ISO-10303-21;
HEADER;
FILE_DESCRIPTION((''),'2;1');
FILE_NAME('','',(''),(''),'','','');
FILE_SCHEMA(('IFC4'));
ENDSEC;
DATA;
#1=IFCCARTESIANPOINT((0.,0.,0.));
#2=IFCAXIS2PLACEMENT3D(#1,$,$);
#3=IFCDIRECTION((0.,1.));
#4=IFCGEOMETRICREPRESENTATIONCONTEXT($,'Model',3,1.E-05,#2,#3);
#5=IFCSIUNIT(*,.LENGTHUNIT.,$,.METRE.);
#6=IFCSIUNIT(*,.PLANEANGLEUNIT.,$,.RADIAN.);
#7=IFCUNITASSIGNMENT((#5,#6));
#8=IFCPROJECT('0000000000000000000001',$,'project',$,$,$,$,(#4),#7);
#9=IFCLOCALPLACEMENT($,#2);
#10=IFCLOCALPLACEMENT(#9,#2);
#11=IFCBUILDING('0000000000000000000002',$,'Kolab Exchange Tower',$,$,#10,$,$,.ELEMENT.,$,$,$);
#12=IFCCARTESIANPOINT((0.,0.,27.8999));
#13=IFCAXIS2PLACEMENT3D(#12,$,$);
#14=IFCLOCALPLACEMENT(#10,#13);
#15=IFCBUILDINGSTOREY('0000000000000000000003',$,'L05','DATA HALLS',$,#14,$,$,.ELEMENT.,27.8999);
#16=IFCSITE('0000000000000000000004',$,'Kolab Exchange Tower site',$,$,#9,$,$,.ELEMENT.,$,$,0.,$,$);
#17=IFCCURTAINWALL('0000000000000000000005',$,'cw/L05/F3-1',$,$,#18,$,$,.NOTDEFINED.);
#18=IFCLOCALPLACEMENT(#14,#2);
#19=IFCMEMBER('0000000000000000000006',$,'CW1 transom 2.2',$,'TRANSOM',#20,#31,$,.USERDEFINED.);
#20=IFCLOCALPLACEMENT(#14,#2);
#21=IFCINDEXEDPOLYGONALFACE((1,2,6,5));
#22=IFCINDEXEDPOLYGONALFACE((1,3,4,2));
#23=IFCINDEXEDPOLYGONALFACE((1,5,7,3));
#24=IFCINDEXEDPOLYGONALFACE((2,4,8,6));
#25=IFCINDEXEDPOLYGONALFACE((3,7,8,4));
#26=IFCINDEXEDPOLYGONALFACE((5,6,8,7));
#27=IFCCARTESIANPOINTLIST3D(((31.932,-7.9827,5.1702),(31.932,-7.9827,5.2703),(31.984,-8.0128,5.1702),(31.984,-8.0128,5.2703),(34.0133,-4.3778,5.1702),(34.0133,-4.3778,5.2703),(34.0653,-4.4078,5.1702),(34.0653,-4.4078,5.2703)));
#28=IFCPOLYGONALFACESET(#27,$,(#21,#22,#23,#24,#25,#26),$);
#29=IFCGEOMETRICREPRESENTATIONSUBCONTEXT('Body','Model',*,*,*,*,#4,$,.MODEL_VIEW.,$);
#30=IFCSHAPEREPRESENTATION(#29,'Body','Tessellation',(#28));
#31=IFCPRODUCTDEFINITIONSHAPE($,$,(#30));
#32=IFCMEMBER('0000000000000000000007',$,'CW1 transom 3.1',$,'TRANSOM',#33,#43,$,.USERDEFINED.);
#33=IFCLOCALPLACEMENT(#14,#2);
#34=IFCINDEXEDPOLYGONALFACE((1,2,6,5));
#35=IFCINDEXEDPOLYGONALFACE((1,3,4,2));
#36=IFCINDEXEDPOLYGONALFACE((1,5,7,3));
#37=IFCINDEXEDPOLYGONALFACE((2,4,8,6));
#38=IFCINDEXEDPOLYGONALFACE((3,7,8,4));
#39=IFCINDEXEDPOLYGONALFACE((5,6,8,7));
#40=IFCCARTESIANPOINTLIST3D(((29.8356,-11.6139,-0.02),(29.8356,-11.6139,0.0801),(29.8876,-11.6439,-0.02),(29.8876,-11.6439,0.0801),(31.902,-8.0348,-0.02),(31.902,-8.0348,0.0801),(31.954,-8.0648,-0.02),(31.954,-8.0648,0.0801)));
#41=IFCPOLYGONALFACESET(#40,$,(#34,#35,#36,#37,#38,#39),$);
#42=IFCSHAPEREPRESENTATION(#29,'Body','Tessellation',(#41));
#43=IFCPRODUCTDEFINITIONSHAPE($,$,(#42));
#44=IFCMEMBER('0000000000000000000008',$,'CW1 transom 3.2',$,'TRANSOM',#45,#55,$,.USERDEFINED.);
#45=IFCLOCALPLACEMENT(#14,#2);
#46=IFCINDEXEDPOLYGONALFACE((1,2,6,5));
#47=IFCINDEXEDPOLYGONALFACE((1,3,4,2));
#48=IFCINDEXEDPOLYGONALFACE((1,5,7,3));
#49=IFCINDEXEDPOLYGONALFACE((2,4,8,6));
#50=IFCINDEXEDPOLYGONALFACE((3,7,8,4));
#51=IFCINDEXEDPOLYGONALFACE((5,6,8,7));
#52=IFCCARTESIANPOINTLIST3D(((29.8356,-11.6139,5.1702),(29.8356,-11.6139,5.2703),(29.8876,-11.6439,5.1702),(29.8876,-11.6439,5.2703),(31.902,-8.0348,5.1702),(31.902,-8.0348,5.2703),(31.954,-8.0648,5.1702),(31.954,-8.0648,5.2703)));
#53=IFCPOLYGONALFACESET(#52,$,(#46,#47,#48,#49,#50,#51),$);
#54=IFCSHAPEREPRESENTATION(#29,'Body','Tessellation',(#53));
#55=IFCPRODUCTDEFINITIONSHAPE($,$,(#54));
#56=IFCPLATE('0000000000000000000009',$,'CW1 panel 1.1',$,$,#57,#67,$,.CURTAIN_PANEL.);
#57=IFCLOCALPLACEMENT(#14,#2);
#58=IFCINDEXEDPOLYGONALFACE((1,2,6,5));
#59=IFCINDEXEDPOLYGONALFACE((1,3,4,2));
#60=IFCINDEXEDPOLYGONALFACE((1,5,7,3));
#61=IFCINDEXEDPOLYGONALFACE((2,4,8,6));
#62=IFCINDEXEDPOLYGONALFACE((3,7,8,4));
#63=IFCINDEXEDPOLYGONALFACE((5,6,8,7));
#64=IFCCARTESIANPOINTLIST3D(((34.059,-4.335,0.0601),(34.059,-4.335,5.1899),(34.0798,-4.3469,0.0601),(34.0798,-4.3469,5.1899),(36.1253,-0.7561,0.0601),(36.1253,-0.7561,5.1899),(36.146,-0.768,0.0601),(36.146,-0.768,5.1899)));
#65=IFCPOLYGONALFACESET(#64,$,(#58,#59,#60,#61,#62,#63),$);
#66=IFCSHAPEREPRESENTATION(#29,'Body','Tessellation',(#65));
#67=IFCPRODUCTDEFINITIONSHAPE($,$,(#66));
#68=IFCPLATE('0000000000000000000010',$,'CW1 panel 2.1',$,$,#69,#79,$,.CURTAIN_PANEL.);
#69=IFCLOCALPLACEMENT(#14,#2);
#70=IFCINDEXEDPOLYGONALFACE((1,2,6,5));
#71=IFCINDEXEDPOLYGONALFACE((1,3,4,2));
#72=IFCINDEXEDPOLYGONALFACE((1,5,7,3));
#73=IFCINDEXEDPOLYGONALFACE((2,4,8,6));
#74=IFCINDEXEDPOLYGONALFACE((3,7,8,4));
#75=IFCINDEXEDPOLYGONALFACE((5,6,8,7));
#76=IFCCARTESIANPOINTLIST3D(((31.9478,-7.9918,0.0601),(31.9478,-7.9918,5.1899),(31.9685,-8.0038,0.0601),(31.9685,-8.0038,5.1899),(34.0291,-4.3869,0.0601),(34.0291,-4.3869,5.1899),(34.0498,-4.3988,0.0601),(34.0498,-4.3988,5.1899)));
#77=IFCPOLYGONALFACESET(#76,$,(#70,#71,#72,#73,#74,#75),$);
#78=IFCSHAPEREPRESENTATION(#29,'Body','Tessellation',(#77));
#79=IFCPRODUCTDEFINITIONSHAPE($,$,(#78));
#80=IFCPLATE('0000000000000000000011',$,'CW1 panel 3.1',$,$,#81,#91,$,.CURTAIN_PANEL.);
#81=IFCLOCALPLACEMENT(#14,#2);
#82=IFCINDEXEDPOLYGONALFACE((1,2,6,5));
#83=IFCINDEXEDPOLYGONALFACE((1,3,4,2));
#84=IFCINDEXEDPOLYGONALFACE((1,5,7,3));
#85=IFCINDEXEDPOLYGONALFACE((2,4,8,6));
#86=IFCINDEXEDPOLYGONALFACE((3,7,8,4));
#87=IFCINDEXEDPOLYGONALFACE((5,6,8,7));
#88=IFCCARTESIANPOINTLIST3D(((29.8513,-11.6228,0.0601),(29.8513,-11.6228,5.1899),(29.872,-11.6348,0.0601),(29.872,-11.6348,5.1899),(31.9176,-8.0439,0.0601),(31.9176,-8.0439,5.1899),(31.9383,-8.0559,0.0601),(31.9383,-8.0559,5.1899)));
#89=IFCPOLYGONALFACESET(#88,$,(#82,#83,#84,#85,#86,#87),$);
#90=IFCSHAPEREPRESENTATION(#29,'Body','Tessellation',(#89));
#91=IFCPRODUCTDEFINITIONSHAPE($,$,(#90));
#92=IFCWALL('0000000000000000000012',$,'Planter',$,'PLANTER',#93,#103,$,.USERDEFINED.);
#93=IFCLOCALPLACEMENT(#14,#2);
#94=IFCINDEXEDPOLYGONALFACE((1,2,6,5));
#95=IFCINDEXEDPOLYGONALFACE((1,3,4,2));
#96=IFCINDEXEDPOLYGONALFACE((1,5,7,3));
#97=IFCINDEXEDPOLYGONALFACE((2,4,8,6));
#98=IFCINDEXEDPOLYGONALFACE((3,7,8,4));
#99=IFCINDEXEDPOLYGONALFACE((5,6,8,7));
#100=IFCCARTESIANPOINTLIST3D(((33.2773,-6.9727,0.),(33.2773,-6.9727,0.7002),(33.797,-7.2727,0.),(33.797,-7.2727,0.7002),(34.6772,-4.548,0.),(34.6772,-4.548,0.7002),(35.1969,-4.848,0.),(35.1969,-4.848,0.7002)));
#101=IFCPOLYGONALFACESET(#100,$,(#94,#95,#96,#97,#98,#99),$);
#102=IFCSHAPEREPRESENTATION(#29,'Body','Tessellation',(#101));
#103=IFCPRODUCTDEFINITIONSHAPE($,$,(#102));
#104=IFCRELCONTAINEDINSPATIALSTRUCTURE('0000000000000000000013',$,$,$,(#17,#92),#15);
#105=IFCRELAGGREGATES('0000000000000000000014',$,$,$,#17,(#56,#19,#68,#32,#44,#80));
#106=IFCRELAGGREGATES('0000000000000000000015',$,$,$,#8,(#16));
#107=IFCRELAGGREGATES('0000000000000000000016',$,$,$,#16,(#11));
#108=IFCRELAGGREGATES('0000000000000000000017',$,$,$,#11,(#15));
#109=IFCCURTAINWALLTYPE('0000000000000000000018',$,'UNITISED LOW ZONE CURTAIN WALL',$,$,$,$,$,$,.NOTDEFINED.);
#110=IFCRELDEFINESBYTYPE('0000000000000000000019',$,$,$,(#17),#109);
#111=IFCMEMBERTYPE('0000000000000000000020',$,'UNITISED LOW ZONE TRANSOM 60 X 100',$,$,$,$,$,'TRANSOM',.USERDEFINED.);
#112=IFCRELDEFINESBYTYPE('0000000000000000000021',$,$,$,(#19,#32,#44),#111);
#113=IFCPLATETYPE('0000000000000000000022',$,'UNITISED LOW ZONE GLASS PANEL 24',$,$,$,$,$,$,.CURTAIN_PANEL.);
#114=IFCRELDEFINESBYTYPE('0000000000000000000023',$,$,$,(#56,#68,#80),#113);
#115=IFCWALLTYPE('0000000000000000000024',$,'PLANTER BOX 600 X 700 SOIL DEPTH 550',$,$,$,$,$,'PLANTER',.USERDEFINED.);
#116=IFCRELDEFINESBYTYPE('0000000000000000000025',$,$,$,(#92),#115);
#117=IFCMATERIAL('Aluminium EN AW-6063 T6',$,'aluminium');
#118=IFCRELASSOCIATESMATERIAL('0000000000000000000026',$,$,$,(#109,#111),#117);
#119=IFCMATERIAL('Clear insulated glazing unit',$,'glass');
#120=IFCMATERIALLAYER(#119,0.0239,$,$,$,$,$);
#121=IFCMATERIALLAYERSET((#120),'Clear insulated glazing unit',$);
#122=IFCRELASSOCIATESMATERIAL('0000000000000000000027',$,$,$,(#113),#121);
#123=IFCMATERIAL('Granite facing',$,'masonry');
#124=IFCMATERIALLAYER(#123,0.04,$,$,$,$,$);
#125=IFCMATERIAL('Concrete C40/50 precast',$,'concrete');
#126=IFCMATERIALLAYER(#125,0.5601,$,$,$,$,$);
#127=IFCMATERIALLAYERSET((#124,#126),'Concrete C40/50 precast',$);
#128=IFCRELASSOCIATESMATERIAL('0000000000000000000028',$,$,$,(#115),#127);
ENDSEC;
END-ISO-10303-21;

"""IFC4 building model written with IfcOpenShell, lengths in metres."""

from ifc_helpers import new_model, si_unit, direction, frame, frame_2d, origin, origin_2d, place, context, subcontext, project, spatial, rectangle, extrude, material, layer, layer_set, material_profile, profile_set, type_object, element, aggregate, save


model = new_model("IFC4")

# Units and contexts
model_context = context("Model", 3, precision=1e-05, world=origin(), true_north=direction((0.0, 1.0)))
body_context = subcontext(model_context, "Body", "Model", "MODEL_VIEW")
ifc_project = project(units=[si_unit("LENGTHUNIT", "METRE"), si_unit("PLANEANGLEUNIT", "RADIAN")], contexts=[model_context])

# Site, building, storey
site_placement = place(None, origin())
site = spatial("IfcSite", under=ifc_project, at=site_placement, Name="Kolab Exchange Tower site", CompositionType="ELEMENT", RefElevation=0.0)
building_placement = place(site_placement, origin())
building = spatial("IfcBuilding", under=site, at=building_placement, Name="Kolab Exchange Tower", CompositionType="ELEMENT")
storey_placement = place(building_placement, frame((0.0, 0.0, 27.8999)))
storey = spatial("IfcBuildingStorey", under=building, at=storey_placement, Name="L05", Description="DATA HALLS", CompositionType="ELEMENT", Elevation=27.8999)

# Curtain wall
ifc_material_1 = material(Name="Aluminium EN AW-6063 T6", Category="aluminium")
curtain_wall_type = type_object("IfcCurtainWallType", Name="UNITISED LOW ZONE CURTAIN WALL", PredefinedType="NOTDEFINED", material=ifc_material_1)
curtain_wall_1_placement = place(storey_placement, origin())
curtain_wall_1 = element("IfcCurtainWall", 1, at=curtain_wall_1_placement, inside=storey, type_object=curtain_wall_type, Name="cw/L05/F3-1", PredefinedType="NOTDEFINED")

# Members
ifc_material_profile_1 = material_profile(ifc_material_1, rectangle(XDim=0.0601, YDim=0.1001, at=origin_2d()), Name="RECT 60X100")
ifc_profile_set_1 = profile_set([ifc_material_profile_1], Name="Aluminium EN AW-6063 T6")
member_type_1 = type_object("IfcMemberType", Name="UNITISED LOW ZONE TRANSOM 60 X 100", ElementType="TRANSOM", PredefinedType="USERDEFINED", material=ifc_profile_set_1)
member_1_placement = place(storey_placement, frame((34.0393, -4.3928, 5.2202), z_axis=(-0.499993, -0.866029, 0.0), x_axis=(0.866029, -0.499993, 0.0)))
member_1 = element("IfcMember", 2, at=member_1_placement, type_object=member_type_1, Name="CW1 transom 2.2", ObjectType="TRANSOM", PredefinedType="USERDEFINED", context=body_context, shape_type="SweptSolid", body=[
    extrude(rectangle(XDim=0.0601, YDim=0.1001, at=origin_2d()), origin(), (0.0, 0.0, 1.0), 4.1626),
])
member_2_placement = place(storey_placement, frame((31.928, -8.0498, 0.03), z_axis=(-0.500002, -0.866024, 0.0), x_axis=(0.866024, -0.500002, 0.0)))
member_2 = element("IfcMember", 3, at=member_2_placement, type_object=member_type_1, Name="CW1 transom 3.1", ObjectType="TRANSOM", PredefinedType="USERDEFINED", context=body_context, shape_type="SweptSolid", body=[
    extrude(rectangle(XDim=0.0601, YDim=0.1001, at=origin_2d()), origin(), (0.0, 0.0, 1.0), 4.1328),
])
member_3_placement = place(storey_placement, frame((31.928, -8.0498, 5.2202), z_axis=(-0.500002, -0.866024, 0.0), x_axis=(0.866024, -0.500002, 0.0)))
member_3 = element("IfcMember", 4, at=member_3_placement, type_object=member_type_1, Name="CW1 transom 3.2", ObjectType="TRANSOM", PredefinedType="USERDEFINED", context=body_context, shape_type="SweptSolid", body=[
    extrude(rectangle(XDim=0.0601, YDim=0.1001, at=origin_2d()), origin(), (0.0, 0.0, 1.0), 4.1328),
])

# Plates
ifc_material_2 = material(Name="Clear insulated glazing unit", Category="glass")
ifc_layer_1 = layer(ifc_material_2, 0.0239)
ifc_layer_set_1 = layer_set([ifc_layer_1], Name="Clear insulated glazing unit")
plate_type = type_object("IfcPlateType", Name="UNITISED LOW ZONE GLASS PANEL 24", PredefinedType="CURTAIN_PANEL", material=ifc_layer_set_1)
plate_1_placement = place(storey_placement, frame((35.1025, -2.5515, 0.0601), z_axis=(0.0, 0.0, 1.0), x_axis=(-0.5, -0.866025, 0.0)))
plate_1 = element("IfcPlate", 5, at=plate_1_placement, type_object=plate_type, Name="CW1 panel 1.1", PredefinedType="CURTAIN_PANEL", context=body_context, shape_type="SweptSolid", body=[
    extrude(rectangle(XDim=4.1326, YDim=0.0239, at=origin_2d()), origin(), (0.0, 0.0, 1.0), 5.1299),
])
plate_2_placement = place(storey_placement, frame((32.9988, -6.1953, 0.0601), z_axis=(0.0, 0.0, 1.0), x_axis=(-0.5, -0.866025, 0.0)))
plate_2 = element("IfcPlate", 6, at=plate_2_placement, type_object=plate_type, Name="CW1 panel 2.1", PredefinedType="CURTAIN_PANEL", context=body_context, shape_type="SweptSolid", body=[
    extrude(rectangle(XDim=4.1626, YDim=0.0239, at=origin_2d()), origin(), (0.0, 0.0, 1.0), 5.1299),
])
plate_3_placement = place(storey_placement, frame((30.8948, -9.8394, 0.0601), z_axis=(0.0, 0.0, 1.0), x_axis=(-0.5, -0.866025, 0.0)))
plate_3 = element("IfcPlate", 7, at=plate_3_placement, type_object=plate_type, Name="CW1 panel 3.1", PredefinedType="CURTAIN_PANEL", context=body_context, shape_type="SweptSolid", body=[
    extrude(rectangle(XDim=4.1326, YDim=0.0239, at=origin_2d()), origin(), (0.0, 0.0, 1.0), 5.1299),
])
aggregate(curtain_wall_1, [plate_1, member_1, plate_2, member_2, member_3, plate_3])

# Wall
ifc_material_3 = material(Name="Granite facing", Category="masonry")
ifc_layer_2 = layer(ifc_material_3, 0.04)
ifc_material_4 = material(Name="Concrete C40/50 precast", Category="concrete")
ifc_layer_3 = layer(ifc_material_4, 0.5601)
ifc_layer_set_2 = layer_set([ifc_layer_2, ifc_layer_3], Name="Concrete C40/50 precast")
wall_type = type_object("IfcWallType", Name="PLANTER BOX 600 X 700 SOIL DEPTH 550", ElementType="PLANTER", PredefinedType="USERDEFINED", material=ifc_layer_set_2)
wall_placement = place(storey_placement, frame((34.937, -4.698, 0.0), z_axis=(0.0, 0.0, 1.0), x_axis=(-0.499984, -0.866035, 0.0)))
element("IfcWall", 8, at=wall_placement, inside=storey, type_object=wall_type, Name="Planter", ObjectType="PLANTER", PredefinedType="USERDEFINED", context=body_context, shape_type="SweptSolid", body=[
    extrude(rectangle(XDim=2.7998, YDim=0.6001, at=frame_2d((1.3999, 0.0))), origin(), (0.0, 0.0, 1.0), 0.7002),
])

save(model, "model.ifc")
